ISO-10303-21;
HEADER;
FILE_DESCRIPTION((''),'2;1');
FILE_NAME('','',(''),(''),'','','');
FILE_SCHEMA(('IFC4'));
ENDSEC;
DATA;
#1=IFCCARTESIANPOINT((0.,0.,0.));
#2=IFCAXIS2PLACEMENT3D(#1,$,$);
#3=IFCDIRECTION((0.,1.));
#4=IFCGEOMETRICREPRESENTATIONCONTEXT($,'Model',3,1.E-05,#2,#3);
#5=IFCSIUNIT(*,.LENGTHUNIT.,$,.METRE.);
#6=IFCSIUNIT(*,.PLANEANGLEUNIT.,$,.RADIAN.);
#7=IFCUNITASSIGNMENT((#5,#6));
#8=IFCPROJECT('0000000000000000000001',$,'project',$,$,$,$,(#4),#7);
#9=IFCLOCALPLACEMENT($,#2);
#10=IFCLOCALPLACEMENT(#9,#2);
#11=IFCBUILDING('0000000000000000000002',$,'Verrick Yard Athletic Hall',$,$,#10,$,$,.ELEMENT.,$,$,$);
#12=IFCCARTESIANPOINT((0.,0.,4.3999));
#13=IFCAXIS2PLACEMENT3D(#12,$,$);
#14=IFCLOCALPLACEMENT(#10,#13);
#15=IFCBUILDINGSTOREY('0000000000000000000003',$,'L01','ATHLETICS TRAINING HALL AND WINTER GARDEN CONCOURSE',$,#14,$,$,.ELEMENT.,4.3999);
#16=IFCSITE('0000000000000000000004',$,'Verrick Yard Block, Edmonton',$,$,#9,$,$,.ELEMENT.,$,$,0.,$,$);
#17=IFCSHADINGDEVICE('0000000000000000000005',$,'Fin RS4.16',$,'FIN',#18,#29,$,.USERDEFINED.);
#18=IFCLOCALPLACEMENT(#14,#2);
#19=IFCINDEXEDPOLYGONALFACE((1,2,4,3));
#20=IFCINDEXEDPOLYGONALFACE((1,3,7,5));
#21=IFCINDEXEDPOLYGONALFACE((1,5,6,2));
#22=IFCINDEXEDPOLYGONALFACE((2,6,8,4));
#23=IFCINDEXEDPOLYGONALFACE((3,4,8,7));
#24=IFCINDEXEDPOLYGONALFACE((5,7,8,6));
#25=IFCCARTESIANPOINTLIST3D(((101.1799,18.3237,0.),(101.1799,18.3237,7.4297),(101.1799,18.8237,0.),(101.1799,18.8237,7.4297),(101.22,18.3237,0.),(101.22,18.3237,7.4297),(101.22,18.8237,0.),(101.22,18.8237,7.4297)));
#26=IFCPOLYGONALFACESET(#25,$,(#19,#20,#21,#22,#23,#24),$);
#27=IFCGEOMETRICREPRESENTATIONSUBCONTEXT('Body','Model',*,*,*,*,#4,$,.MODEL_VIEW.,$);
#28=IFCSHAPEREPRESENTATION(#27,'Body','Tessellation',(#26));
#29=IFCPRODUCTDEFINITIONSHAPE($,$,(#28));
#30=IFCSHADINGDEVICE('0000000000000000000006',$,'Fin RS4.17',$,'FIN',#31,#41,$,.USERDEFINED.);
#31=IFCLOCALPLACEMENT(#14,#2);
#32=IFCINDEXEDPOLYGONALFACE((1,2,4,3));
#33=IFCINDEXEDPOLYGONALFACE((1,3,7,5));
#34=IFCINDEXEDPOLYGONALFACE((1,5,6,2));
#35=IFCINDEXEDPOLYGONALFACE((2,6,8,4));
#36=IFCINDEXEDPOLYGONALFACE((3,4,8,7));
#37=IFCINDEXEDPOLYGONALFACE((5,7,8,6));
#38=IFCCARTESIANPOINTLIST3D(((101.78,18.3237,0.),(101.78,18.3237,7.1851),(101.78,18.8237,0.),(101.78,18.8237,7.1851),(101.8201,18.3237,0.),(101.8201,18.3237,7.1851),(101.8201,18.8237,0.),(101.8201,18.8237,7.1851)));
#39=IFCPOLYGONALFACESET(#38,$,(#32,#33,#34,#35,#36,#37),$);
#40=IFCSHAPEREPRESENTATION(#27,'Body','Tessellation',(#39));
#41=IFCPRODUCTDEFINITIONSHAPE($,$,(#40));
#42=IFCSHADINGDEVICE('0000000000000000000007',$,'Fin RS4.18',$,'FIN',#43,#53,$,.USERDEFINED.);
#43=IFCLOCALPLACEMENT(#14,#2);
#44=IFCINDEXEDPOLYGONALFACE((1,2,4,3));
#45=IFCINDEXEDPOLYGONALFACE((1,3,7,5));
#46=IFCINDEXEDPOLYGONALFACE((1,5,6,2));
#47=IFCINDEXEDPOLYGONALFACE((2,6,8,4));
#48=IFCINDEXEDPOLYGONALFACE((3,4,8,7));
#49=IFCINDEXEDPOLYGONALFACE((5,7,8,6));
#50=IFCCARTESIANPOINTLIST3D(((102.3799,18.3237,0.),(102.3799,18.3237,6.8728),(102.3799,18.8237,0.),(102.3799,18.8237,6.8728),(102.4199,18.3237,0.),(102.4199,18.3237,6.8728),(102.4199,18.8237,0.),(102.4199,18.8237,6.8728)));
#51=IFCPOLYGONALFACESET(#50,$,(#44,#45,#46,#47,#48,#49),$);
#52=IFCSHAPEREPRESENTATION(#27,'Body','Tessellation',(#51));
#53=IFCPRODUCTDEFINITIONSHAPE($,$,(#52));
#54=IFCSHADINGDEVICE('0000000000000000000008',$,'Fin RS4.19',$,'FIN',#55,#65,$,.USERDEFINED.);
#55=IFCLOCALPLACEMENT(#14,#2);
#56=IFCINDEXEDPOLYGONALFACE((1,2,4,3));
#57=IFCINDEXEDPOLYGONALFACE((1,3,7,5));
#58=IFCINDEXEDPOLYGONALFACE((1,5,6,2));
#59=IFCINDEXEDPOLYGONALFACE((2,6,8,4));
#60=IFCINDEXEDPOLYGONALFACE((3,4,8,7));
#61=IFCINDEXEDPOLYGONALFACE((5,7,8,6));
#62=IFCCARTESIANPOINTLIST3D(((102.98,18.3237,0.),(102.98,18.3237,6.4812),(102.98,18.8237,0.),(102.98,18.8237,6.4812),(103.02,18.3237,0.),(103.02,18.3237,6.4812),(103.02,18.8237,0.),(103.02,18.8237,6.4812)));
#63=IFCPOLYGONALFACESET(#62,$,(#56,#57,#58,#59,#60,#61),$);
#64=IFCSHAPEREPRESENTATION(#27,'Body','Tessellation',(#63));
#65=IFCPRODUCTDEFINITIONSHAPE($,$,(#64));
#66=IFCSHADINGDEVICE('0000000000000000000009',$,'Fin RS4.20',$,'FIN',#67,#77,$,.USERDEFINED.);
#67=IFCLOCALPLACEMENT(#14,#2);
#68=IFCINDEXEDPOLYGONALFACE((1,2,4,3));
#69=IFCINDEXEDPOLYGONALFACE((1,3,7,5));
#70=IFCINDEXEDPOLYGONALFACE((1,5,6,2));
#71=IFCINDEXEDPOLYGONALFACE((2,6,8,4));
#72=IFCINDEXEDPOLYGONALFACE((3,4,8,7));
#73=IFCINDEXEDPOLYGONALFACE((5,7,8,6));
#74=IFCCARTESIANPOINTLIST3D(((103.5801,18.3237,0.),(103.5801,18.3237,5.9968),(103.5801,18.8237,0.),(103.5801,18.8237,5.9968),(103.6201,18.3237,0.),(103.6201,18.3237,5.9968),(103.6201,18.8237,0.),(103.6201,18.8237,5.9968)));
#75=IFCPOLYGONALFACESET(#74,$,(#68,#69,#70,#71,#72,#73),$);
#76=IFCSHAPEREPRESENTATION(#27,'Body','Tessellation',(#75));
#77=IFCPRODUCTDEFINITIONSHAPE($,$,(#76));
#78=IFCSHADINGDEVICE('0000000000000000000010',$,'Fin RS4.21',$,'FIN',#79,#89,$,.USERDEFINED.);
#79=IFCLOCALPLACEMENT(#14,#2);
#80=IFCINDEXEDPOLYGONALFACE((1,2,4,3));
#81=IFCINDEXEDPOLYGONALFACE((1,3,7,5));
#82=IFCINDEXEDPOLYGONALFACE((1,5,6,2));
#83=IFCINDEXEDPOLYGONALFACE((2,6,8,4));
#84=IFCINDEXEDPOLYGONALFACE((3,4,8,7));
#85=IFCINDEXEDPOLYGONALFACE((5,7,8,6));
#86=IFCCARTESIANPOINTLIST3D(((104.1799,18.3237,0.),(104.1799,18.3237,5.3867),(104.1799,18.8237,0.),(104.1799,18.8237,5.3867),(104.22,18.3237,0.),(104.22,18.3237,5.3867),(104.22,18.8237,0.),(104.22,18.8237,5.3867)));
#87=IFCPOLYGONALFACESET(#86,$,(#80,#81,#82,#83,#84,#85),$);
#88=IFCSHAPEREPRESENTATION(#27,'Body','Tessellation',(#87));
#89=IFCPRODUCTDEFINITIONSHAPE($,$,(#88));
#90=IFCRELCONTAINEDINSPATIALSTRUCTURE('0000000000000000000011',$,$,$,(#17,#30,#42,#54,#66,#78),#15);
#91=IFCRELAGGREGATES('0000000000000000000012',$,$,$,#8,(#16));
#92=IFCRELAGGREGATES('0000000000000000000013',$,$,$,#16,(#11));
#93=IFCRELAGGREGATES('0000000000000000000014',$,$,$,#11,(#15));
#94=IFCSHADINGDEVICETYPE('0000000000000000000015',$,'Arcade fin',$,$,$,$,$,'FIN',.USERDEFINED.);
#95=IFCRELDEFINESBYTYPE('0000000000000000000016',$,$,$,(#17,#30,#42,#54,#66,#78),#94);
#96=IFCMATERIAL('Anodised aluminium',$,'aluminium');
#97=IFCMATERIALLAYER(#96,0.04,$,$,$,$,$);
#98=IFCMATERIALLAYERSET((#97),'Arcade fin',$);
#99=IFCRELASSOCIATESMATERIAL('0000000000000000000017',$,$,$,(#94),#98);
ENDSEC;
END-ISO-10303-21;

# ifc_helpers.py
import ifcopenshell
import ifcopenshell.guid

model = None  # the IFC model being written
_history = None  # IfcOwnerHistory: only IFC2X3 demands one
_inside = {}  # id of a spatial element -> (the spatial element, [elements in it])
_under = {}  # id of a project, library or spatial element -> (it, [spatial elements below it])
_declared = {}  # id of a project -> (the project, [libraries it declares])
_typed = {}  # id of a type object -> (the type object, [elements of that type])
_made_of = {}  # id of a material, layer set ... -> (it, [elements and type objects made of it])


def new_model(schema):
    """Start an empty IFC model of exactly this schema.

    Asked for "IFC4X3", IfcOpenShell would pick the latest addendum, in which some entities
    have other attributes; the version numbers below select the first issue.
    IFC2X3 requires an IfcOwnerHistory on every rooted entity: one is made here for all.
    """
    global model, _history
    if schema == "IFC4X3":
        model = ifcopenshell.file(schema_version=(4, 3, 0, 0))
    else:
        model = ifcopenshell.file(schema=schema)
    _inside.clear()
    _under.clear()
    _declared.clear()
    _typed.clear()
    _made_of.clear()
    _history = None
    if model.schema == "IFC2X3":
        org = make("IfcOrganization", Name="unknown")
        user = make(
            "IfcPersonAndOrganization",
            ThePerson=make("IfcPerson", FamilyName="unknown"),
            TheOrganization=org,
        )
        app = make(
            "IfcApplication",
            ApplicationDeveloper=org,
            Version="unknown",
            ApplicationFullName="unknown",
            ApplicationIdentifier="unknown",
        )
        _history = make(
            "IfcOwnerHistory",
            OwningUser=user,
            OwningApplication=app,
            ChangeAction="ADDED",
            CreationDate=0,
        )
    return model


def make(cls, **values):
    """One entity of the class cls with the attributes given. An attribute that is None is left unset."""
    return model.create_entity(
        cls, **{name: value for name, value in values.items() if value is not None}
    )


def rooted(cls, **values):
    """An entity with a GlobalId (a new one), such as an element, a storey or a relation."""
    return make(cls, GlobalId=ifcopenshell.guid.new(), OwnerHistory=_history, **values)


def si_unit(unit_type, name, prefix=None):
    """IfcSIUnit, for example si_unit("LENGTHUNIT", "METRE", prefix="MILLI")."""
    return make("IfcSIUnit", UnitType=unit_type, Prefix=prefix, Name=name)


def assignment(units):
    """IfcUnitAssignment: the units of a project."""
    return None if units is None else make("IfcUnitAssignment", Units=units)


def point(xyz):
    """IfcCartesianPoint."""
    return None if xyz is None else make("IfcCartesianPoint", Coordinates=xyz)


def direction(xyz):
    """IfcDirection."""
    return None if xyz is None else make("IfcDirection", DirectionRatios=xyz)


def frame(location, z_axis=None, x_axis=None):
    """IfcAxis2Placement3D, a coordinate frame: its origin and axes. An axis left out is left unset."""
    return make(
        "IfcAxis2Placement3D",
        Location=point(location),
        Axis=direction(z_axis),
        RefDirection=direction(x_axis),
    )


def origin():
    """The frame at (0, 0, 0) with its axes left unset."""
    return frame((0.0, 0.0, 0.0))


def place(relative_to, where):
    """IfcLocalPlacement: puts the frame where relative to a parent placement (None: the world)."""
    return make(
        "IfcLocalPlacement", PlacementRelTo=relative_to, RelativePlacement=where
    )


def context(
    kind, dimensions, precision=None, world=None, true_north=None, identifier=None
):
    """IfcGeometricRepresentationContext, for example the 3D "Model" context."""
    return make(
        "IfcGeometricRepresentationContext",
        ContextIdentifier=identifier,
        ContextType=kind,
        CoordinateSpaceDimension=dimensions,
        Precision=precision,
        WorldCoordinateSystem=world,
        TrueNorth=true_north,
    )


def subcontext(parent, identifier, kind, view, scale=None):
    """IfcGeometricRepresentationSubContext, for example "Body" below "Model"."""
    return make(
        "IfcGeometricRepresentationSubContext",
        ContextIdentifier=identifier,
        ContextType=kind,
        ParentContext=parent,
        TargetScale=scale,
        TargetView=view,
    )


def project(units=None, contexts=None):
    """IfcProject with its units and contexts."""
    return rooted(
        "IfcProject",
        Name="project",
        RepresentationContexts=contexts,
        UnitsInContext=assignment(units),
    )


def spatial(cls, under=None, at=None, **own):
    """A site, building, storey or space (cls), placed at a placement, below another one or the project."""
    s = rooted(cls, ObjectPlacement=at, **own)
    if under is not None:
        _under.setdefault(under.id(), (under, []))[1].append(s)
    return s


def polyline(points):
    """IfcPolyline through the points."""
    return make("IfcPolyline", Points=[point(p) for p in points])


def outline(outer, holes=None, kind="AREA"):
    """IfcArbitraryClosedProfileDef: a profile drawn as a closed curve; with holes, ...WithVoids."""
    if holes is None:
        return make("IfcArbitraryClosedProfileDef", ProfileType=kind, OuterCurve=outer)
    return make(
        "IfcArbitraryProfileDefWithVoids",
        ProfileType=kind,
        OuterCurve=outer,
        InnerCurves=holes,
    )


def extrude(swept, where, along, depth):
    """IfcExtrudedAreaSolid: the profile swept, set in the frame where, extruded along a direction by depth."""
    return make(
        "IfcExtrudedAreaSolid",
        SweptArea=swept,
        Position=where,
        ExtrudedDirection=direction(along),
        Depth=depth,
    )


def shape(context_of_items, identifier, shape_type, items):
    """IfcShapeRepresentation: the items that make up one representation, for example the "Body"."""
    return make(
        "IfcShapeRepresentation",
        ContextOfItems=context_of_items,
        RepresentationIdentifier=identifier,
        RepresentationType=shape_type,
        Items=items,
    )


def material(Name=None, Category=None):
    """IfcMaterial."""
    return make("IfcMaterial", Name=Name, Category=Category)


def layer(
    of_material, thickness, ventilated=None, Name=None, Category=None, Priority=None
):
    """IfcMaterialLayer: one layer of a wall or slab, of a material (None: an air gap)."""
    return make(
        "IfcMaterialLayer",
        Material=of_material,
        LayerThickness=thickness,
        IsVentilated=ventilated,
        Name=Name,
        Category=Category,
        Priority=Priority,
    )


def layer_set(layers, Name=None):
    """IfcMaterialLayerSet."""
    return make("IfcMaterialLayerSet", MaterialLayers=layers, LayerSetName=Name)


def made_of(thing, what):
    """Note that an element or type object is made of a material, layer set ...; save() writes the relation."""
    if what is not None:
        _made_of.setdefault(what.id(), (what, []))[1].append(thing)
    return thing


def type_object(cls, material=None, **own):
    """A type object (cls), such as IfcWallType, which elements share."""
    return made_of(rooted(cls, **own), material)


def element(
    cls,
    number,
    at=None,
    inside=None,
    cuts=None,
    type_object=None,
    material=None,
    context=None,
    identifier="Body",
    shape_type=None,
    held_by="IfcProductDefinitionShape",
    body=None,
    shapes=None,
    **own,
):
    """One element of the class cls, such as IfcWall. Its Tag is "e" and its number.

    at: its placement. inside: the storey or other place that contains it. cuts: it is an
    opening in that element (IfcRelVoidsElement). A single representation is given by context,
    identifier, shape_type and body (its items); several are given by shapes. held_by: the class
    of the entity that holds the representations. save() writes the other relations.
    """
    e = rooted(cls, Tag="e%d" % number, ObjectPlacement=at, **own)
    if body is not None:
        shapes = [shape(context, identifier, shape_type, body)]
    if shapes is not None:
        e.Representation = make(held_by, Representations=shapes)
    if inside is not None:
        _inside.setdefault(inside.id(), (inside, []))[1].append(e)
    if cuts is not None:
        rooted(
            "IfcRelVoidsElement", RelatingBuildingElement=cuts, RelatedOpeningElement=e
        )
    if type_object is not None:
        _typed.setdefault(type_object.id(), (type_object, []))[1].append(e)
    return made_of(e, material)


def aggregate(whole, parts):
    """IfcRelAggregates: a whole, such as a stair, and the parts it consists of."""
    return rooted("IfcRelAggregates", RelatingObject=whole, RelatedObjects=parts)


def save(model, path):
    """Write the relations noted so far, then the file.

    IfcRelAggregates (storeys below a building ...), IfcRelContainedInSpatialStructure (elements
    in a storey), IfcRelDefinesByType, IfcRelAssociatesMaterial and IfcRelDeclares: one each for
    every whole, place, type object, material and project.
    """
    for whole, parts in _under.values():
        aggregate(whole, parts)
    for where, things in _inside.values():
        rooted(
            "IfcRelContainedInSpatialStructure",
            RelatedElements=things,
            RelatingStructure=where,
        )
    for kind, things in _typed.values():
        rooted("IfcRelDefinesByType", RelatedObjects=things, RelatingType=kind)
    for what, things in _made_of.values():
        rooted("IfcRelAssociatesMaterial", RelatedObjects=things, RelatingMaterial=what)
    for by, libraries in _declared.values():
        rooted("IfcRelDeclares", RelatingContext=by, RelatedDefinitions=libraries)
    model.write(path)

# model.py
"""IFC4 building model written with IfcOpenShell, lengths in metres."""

from ifc_helpers import new_model, si_unit, direction, frame, origin, place, context, subcontext, project, spatial, polyline, outline, extrude, material, layer, layer_set, type_object, element, save


model = new_model("IFC4")

# Units and contexts
model_context = context("Model", 3, precision=1e-05, world=origin(), true_north=direction((0.0, 1.0)))
body_context = subcontext(model_context, "Body", "Model", "MODEL_VIEW")
ifc_project = project(units=[si_unit("LENGTHUNIT", "METRE"), si_unit("PLANEANGLEUNIT", "RADIAN")], contexts=[model_context])

# Site, building, storey
site_placement = place(None, origin())
site = spatial("IfcSite", under=ifc_project, at=site_placement, Name="Verrick Yard Block, Edmonton", CompositionType="ELEMENT", RefElevation=0.0)
building_placement = place(site_placement, origin())
building = spatial("IfcBuilding", under=site, at=building_placement, Name="Verrick Yard Athletic Hall", CompositionType="ELEMENT")
storey_placement = place(building_placement, frame((0.0, 0.0, 4.3999)))
storey = spatial("IfcBuildingStorey", under=building, at=storey_placement, Name="L01", Description="ATHLETICS TRAINING HALL AND WINTER GARDEN CONCOURSE", CompositionType="ELEMENT", Elevation=4.3999)

# Shading devices
ifc_material_1 = material(Name="Anodised aluminium", Category="aluminium")
ifc_layer_1 = layer(ifc_material_1, 0.04)
ifc_layer_set_1 = layer_set([ifc_layer_1], Name="Arcade fin")
shading_device_type = type_object("IfcShadingDeviceType", Name="Arcade fin", ElementType="FIN", PredefinedType="USERDEFINED", material=ifc_layer_set_1)
shading_device_1_placement = place(storey_placement, frame((101.2, 18.8237, 0.0), z_axis=(0.0, 0.0, 1.0), x_axis=(0.0, -1.0, 0.0)))
element("IfcShadingDevice", 1, at=shading_device_1_placement, inside=storey, type_object=shading_device_type, Name="Fin RS4.16", ObjectType="FIN", PredefinedType="USERDEFINED", context=body_context, shape_type="SweptSolid", body=[
    extrude(outline(polyline([(0.0, 0.0), (0.5, 0.0), (0.5, 7.4297), (0.0, 7.4297), (0.0, 0.0)])), frame((0.0, 0.02, 0.0), z_axis=(0.0, -1.0, 0.0), x_axis=(1.0, 0.0, 0.0)), (0.0, 0.0, 1.0), 0.04),
])
shading_device_2_placement = place(storey_placement, frame((101.8, 18.8237, 0.0), z_axis=(0.0, 0.0, 1.0), x_axis=(0.0, -1.0, 0.0)))
element("IfcShadingDevice", 2, at=shading_device_2_placement, inside=storey, type_object=shading_device_type, Name="Fin RS4.17", ObjectType="FIN", PredefinedType="USERDEFINED", context=body_context, shape_type="SweptSolid", body=[
    extrude(outline(polyline([(0.0, 0.0), (0.5, 0.0), (0.5, 7.1851), (0.0, 7.1851), (0.0, 0.0)])), frame((0.0, 0.02, 0.0), z_axis=(0.0, -1.0, 0.0), x_axis=(1.0, 0.0, 0.0)), (0.0, 0.0, 1.0), 0.04),
])
shading_device_3_placement = place(storey_placement, frame((102.3999, 18.8237, 0.0), z_axis=(0.0, 0.0, 1.0), x_axis=(0.0, -1.0, 0.0)))
element("IfcShadingDevice", 3, at=shading_device_3_placement, inside=storey, type_object=shading_device_type, Name="Fin RS4.18", ObjectType="FIN", PredefinedType="USERDEFINED", context=body_context, shape_type="SweptSolid", body=[
    extrude(outline(polyline([(0.0, 0.0), (0.5, 0.0), (0.5, 6.8728), (0.0, 6.8728), (0.0, 0.0)])), frame((0.0, 0.02, 0.0), z_axis=(0.0, -1.0, 0.0), x_axis=(1.0, 0.0, 0.0)), (0.0, 0.0, 1.0), 0.04),
])
shading_device_4_placement = place(storey_placement, frame((103.0, 18.8237, 0.0), z_axis=(0.0, 0.0, 1.0), x_axis=(0.0, -1.0, 0.0)))
element("IfcShadingDevice", 4, at=shading_device_4_placement, inside=storey, type_object=shading_device_type, Name="Fin RS4.19", ObjectType="FIN", PredefinedType="USERDEFINED", context=body_context, shape_type="SweptSolid", body=[
    extrude(outline(polyline([(0.0, 0.0), (0.5, 0.0), (0.5, 6.4812), (0.0, 6.4812), (0.0, 0.0)])), frame((0.0, 0.02, 0.0), z_axis=(0.0, -1.0, 0.0), x_axis=(1.0, 0.0, 0.0)), (0.0, 0.0, 1.0), 0.04),
])
shading_device_5_placement = place(storey_placement, frame((103.6001, 18.8237, 0.0), z_axis=(0.0, 0.0, 1.0), x_axis=(0.0, -1.0, 0.0)))
element("IfcShadingDevice", 5, at=shading_device_5_placement, inside=storey, type_object=shading_device_type, Name="Fin RS4.20", ObjectType="FIN", PredefinedType="USERDEFINED", context=body_context, shape_type="SweptSolid", body=[
    extrude(outline(polyline([(0.0, 0.0), (0.5, 0.0), (0.5, 5.9968), (0.0, 5.9968), (0.0, 0.0)])), frame((0.0, 0.02, 0.0), z_axis=(0.0, -1.0, 0.0), x_axis=(1.0, 0.0, 0.0)), (0.0, 0.0, 1.0), 0.04),
])
shading_device_6_placement = place(storey_placement, frame((104.2, 18.8237, 0.0), z_axis=(0.0, 0.0, 1.0), x_axis=(0.0, -1.0, 0.0)))
element("IfcShadingDevice", 6, at=shading_device_6_placement, inside=storey, type_object=shading_device_type, Name="Fin RS4.21", ObjectType="FIN", PredefinedType="USERDEFINED", context=body_context, shape_type="SweptSolid", body=[
    extrude(outline(polyline([(0.0, 0.0), (0.5, 0.0), (0.5, 5.3867), (0.0, 5.3867), (0.0, 0.0)])), frame((0.0, 0.02, 0.0), z_axis=(0.0, -1.0, 0.0), x_axis=(1.0, 0.0, 0.0)), (0.0, 0.0, 1.0), 0.04),
])

save(model, "model.ifc")
